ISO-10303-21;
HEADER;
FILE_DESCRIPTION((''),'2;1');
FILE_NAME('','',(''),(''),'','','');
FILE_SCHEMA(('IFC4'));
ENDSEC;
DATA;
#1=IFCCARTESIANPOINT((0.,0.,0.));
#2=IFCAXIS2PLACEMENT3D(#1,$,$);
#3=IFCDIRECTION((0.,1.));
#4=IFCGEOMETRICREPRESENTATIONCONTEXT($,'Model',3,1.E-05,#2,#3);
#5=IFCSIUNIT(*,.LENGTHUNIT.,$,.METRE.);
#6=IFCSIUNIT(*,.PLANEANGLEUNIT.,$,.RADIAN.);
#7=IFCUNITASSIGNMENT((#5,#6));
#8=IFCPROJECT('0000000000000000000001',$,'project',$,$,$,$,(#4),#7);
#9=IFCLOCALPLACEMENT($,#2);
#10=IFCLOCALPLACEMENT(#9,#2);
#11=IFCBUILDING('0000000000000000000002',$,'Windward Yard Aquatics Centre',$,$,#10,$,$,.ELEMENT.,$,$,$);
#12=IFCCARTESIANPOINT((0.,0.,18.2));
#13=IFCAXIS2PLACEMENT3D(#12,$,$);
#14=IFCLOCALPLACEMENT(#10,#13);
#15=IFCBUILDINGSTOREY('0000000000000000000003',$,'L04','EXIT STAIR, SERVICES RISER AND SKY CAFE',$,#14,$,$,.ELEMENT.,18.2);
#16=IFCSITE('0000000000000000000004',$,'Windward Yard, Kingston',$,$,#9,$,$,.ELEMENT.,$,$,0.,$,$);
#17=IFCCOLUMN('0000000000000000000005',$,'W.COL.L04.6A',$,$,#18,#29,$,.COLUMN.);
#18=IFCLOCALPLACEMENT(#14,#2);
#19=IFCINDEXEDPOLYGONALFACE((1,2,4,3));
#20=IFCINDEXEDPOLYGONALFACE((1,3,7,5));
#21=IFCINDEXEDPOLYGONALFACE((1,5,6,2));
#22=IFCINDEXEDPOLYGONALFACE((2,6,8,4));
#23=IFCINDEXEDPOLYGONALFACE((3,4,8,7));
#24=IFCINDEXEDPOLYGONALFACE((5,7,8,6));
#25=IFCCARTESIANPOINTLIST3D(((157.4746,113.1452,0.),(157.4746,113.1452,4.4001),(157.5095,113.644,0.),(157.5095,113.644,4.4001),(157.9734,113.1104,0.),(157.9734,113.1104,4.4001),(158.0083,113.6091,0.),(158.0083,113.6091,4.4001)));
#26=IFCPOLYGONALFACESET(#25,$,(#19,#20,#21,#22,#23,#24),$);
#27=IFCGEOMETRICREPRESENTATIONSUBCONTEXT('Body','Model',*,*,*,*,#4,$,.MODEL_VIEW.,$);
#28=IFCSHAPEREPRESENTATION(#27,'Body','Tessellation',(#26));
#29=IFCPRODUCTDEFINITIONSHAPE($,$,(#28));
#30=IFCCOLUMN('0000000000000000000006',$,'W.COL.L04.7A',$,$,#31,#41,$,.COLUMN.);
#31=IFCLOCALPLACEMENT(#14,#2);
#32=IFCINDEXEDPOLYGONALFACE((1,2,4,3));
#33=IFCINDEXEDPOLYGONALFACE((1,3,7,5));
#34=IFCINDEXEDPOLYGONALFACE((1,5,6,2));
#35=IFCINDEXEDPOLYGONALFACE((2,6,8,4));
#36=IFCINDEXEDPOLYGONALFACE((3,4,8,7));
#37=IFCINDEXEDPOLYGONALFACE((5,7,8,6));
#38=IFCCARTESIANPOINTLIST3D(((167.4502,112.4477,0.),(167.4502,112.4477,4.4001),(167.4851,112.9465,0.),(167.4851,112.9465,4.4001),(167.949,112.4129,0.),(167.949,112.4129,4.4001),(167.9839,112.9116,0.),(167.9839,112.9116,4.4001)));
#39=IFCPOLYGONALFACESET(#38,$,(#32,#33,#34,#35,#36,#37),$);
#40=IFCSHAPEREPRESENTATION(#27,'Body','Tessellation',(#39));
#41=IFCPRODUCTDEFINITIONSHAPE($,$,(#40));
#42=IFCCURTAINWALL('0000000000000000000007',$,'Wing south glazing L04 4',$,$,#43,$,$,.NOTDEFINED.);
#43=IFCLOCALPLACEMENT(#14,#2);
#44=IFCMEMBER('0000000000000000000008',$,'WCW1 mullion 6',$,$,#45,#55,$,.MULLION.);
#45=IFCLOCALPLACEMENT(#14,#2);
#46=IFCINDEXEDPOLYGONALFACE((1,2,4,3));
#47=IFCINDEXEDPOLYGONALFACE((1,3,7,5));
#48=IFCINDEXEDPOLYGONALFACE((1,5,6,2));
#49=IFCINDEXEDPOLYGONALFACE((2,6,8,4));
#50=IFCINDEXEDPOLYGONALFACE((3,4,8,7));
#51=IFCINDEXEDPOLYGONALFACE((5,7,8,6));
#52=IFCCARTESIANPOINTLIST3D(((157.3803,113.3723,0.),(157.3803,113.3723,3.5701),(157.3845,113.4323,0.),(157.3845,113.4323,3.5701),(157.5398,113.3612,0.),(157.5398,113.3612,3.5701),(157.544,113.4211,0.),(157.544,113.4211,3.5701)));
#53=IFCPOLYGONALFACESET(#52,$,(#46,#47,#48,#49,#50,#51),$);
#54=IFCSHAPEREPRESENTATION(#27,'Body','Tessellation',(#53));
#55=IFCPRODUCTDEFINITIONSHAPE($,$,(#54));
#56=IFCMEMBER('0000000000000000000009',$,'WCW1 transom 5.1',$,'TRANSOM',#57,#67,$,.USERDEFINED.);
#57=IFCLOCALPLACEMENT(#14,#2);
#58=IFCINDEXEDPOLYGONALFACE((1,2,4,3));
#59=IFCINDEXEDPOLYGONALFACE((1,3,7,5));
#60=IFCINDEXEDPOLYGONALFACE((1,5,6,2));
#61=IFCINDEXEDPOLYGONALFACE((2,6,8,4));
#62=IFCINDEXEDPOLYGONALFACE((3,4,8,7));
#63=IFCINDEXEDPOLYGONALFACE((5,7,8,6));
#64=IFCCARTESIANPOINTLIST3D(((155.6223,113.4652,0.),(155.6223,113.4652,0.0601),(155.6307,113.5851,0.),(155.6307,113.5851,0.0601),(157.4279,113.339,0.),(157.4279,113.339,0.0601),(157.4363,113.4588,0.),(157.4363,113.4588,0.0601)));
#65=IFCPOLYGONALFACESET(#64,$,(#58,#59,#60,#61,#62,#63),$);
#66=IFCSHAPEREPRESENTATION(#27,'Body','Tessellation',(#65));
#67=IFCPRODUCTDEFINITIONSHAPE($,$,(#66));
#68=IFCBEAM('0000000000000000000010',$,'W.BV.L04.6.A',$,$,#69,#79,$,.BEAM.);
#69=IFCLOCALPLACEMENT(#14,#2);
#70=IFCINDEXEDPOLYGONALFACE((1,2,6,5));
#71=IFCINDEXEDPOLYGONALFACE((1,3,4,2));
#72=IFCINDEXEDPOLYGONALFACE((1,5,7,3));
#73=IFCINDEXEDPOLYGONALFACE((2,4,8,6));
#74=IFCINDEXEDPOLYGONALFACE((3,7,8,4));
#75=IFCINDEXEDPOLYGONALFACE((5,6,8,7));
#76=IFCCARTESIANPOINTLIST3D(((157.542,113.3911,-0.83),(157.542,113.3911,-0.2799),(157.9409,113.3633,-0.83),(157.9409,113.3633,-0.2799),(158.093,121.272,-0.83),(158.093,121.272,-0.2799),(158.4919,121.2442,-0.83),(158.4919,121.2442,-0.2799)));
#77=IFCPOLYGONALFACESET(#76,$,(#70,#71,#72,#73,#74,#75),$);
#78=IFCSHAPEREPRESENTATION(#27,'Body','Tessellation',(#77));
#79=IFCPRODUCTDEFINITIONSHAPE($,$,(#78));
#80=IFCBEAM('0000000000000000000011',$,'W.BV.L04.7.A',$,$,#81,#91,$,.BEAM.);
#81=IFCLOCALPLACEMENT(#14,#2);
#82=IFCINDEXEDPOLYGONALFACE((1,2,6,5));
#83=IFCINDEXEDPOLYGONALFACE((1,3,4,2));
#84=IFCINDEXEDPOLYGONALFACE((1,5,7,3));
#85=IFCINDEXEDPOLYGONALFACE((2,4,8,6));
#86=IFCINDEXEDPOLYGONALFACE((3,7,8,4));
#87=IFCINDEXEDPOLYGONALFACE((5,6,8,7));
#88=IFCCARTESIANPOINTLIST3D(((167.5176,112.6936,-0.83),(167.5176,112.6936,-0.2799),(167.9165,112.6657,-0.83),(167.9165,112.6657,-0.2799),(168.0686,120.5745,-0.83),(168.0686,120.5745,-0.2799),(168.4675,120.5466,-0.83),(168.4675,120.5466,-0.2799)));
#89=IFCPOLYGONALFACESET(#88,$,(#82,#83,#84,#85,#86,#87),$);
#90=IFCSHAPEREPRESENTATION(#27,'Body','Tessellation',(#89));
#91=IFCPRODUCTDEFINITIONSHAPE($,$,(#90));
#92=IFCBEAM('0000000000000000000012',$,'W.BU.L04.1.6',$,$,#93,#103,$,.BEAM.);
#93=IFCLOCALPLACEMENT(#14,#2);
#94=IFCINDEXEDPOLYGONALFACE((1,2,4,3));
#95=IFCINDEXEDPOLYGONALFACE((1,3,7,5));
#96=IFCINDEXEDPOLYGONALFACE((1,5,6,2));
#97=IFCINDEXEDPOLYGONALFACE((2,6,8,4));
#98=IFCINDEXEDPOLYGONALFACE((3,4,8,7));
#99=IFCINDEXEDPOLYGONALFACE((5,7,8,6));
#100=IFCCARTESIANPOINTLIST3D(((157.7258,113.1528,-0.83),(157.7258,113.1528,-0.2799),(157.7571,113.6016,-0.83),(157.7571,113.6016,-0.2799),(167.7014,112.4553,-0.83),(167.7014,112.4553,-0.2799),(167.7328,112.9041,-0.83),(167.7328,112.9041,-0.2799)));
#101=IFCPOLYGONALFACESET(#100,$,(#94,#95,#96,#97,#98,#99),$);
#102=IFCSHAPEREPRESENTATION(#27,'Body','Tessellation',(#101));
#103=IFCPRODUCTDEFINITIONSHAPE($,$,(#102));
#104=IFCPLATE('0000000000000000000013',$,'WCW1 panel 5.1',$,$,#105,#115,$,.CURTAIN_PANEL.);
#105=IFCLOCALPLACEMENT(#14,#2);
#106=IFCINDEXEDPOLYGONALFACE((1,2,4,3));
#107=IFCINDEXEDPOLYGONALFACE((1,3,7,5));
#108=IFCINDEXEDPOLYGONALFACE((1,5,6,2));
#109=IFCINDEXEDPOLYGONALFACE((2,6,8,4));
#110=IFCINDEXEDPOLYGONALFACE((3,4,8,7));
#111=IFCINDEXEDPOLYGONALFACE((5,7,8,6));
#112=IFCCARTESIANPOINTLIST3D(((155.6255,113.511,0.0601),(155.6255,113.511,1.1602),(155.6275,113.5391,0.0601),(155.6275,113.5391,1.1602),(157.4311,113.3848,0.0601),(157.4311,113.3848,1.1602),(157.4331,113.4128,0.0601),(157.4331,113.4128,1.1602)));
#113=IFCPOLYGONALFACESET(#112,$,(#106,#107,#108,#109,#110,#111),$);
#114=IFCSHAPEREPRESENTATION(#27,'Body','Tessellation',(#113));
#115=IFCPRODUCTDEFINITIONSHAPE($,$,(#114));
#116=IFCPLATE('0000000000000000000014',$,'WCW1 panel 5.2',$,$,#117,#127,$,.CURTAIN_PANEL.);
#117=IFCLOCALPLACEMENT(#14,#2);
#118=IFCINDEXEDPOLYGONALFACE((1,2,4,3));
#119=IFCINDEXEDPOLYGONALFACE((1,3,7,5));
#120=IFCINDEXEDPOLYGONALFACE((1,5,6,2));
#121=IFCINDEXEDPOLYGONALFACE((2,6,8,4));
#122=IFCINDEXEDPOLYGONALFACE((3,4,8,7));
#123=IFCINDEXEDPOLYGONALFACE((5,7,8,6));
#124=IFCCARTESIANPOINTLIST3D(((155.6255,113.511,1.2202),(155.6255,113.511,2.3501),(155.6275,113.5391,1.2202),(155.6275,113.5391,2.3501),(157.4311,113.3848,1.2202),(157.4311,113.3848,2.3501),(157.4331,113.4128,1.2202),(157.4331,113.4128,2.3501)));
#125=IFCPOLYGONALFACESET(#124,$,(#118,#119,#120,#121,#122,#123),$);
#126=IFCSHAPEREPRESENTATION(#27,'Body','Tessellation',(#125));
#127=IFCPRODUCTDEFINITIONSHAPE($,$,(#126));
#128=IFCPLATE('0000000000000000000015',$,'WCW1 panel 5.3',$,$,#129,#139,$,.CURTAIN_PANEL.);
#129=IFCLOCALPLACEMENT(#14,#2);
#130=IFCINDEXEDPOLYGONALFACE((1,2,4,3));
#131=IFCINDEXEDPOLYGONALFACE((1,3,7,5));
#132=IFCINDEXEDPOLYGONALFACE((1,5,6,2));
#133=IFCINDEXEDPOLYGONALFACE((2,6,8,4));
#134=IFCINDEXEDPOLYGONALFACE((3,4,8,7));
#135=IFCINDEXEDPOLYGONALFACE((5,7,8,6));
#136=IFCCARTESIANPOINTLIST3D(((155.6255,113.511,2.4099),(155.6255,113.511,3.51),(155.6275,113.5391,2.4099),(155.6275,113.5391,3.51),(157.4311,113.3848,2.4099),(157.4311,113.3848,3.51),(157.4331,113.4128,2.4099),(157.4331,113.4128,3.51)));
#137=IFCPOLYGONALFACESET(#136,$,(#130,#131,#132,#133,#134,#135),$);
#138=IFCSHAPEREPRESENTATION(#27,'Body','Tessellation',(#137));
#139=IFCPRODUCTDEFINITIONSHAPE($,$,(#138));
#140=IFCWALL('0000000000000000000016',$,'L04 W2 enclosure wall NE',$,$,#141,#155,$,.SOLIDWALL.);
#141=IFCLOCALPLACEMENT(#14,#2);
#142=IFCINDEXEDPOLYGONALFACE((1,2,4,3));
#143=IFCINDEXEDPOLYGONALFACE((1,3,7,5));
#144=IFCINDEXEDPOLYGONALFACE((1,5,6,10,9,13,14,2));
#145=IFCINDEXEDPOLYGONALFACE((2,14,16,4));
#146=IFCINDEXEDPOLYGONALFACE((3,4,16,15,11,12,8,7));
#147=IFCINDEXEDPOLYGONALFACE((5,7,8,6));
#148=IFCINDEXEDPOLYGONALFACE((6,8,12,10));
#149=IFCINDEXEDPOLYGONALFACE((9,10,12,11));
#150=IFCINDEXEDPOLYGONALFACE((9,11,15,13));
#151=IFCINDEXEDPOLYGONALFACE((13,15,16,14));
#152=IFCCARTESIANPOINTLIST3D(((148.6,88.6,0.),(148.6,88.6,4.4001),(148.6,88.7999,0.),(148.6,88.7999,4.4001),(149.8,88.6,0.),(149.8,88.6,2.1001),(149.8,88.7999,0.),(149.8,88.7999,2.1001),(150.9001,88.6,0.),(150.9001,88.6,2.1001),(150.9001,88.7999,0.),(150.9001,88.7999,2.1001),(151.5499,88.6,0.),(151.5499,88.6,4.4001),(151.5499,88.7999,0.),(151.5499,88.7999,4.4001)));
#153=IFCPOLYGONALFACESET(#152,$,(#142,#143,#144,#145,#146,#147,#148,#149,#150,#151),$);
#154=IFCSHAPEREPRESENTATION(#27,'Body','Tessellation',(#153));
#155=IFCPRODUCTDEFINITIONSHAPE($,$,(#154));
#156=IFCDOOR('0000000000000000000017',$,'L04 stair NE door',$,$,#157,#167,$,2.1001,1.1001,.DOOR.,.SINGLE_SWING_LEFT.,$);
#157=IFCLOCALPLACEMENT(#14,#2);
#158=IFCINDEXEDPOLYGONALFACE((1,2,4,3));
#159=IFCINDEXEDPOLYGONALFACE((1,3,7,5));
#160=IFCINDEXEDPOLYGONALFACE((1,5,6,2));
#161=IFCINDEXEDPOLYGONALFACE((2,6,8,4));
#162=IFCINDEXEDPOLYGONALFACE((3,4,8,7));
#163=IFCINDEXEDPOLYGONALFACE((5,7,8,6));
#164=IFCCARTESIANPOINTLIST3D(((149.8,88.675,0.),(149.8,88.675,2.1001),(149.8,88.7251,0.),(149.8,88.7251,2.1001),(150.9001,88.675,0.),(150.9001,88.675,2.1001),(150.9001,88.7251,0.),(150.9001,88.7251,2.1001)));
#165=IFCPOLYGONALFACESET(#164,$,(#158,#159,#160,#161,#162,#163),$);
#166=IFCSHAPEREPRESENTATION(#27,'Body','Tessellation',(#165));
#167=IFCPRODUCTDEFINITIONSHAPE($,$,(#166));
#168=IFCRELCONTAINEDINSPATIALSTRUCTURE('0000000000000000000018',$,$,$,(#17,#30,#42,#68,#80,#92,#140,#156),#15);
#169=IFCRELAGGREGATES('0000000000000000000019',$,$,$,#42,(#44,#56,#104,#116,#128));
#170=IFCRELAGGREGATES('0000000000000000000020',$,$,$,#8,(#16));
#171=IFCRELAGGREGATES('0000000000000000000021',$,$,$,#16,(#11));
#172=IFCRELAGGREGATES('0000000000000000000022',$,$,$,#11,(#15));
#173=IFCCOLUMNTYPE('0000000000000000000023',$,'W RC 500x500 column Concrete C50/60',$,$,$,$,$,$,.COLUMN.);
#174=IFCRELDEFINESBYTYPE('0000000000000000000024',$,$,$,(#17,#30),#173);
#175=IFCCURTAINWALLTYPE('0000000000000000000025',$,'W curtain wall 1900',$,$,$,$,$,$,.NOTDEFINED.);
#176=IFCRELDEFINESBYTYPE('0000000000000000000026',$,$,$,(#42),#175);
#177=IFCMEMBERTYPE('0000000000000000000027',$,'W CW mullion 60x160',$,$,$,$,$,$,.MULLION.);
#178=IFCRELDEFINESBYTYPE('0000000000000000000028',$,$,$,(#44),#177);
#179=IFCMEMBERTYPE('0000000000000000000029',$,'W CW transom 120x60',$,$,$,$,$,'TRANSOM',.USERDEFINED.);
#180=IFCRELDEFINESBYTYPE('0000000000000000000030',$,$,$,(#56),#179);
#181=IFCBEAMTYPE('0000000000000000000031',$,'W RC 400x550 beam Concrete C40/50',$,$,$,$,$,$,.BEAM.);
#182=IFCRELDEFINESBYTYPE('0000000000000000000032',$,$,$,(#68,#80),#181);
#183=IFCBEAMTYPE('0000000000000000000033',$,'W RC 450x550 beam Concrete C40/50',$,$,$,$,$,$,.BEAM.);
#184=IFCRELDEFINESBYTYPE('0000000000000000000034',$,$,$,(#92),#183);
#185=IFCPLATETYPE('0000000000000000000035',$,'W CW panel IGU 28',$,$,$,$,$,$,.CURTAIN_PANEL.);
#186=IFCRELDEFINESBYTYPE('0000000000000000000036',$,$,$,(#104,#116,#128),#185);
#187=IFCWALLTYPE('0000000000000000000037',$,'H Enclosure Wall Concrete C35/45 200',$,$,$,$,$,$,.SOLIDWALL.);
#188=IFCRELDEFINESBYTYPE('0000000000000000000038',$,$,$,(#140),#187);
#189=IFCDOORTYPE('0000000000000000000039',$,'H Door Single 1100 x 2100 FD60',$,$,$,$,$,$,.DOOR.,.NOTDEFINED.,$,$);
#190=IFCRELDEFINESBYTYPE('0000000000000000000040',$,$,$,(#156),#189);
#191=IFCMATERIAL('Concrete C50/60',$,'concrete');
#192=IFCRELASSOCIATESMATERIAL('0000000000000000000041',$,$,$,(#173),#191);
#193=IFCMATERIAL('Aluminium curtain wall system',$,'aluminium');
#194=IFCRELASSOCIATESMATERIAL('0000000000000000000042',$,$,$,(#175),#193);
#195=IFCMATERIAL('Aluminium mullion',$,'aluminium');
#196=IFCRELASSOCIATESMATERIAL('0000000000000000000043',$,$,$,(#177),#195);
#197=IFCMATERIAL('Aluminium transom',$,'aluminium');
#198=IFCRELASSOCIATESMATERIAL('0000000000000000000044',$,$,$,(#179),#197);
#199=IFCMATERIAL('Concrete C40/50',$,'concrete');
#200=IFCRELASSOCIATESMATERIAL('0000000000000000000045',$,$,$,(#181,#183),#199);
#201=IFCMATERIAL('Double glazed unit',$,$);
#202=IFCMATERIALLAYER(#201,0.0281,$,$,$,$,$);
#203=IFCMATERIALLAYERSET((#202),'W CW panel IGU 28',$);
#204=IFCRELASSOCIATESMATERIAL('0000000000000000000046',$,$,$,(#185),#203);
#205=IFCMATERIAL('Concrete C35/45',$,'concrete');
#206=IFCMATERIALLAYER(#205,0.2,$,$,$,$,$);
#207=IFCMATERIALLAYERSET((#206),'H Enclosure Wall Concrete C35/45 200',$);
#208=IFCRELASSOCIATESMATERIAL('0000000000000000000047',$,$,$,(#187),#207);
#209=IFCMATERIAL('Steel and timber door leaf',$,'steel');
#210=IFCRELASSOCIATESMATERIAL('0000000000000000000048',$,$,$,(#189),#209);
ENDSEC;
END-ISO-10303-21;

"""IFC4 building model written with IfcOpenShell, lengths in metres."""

from ifc_helpers import new_model, si_unit, direction, frame, frame_2d, origin, origin_2d, place, context, subcontext, project, spatial, rectangle, extrude, material, layer, layer_set, material_profile, profile_set, type_object, element, fill, aggregate, save


model = new_model("IFC4")

# Units and contexts
model_context = context("Model", 3, precision=1e-05, world=origin(), true_north=direction((0.0, 1.0)))
body_context = subcontext(model_context, "Body", "Model", "MODEL_VIEW")
ifc_project = project(units=[si_unit("LENGTHUNIT", "METRE"), si_unit("PLANEANGLEUNIT", "RADIAN")], contexts=[model_context])

# Site, building, storey
site_placement = place(None, origin())
site = spatial("IfcSite", under=ifc_project, at=site_placement, Name="Windward Yard, Kingston", CompositionType="ELEMENT", RefElevation=0.0)
building_placement = place(site_placement, origin())
building = spatial("IfcBuilding", under=site, at=building_placement, Name="Windward Yard Aquatics Centre", CompositionType="ELEMENT")
storey_placement = place(building_placement, frame((0.0, 0.0, 18.2)))
storey = spatial("IfcBuildingStorey", under=building, at=storey_placement, Name="L04", Description="EXIT STAIR, SERVICES RISER AND SKY CAFE", CompositionType="ELEMENT", Elevation=18.2)

# Columns
ifc_material_1 = material(Name="Concrete C50/60", Category="concrete")
ifc_material_profile_1 = material_profile(ifc_material_1, rectangle(XDim=0.5, YDim=0.5, at=origin_2d()), Name="RC 500x500")
ifc_profile_set_1 = profile_set([ifc_material_profile_1], Name="Concrete C50/60")
column_type = type_object("IfcColumnType", Name="W RC 500x500 column Concrete C50/60", PredefinedType="COLUMN", material=ifc_profile_set_1)
for number, where, z_axis, x_axis, name in (
    (1, (157.7415, 113.3772, 0.0), (0.0, 0.0, 1.0), (0.997564, -0.069756, 0.0), "W.COL.L04.6A"),
    (2, (167.717, 112.6797, 0.0), (0.0, 0.0, 1.0), (0.997564, -0.069756, 0.0), "W.COL.L04.7A"),
):
    element("IfcColumn", number, at=place(storey_placement, frame(where, z_axis=z_axis, x_axis=x_axis)), inside=storey, type_object=column_type, Name=name, PredefinedType="COLUMN", context=body_context, shape_type="SweptSolid", body=[
        extrude(rectangle(XDim=0.5, YDim=0.5, at=origin_2d()), origin(), (0.0, 0.0, 1.0), 4.4001),
    ])

# Curtain wall, members
ifc_material_2 = material(Name="Aluminium curtain wall system", Category="aluminium")
curtain_wall_type = type_object("IfcCurtainWallType", Name="W curtain wall 1900", PredefinedType="NOTDEFINED", material=ifc_material_2)
curtain_wall_placement = place(storey_placement, origin())
curtain_wall = element("IfcCurtainWall", 3, at=curtain_wall_placement, inside=storey, type_object=curtain_wall_type, Name="Wing south glazing L04 4", PredefinedType="NOTDEFINED")
ifc_material_3 = material(Name="Aluminium mullion", Category="aluminium")
ifc_material_profile_2 = material_profile(ifc_material_3, rectangle(XDim=0.0601, YDim=0.1599, at=origin_2d()), Name="AL 60x160")
ifc_profile_set_2 = profile_set([ifc_material_profile_2], Name="Aluminium mullion")
member_type_1 = type_object("IfcMemberType", Name="W CW mullion 60x160", PredefinedType="MULLION", material=ifc_profile_set_2)
member_1_placement = place(storey_placement, frame((157.4622, 113.3967, 0.0), z_axis=(0.0, 0.0, 1.0), x_axis=(0.069758, 0.997564, 0.0)))
member_1 = element("IfcMember", 4, at=member_1_placement, type_object=member_type_1, Name="WCW1 mullion 6", PredefinedType="MULLION", context=body_context, shape_type="SweptSolid", body=[
    extrude(rectangle(XDim=0.0601, YDim=0.1599, at=origin_2d()), origin(), (0.0, 0.0, 1.0), 3.5701),
])
ifc_material_4 = material(Name="Aluminium transom", Category="aluminium")
ifc_material_profile_3 = material_profile(ifc_material_4, rectangle(XDim=0.1201, YDim=0.0601, at=origin_2d()), Name="AL 120x60")
ifc_profile_set_3 = profile_set([ifc_material_profile_3], Name="Aluminium transom")
member_type_2 = type_object("IfcMemberType", Name="W CW transom 120x60", ElementType="TRANSOM", PredefinedType="USERDEFINED", material=ifc_profile_set_3)
member_2_placement = place(storey_placement, frame((155.6265, 113.5251, 0.03), z_axis=(0.997566, -0.069732, 0.0), x_axis=(0.069732, 0.997566, 0.0)))
member_2 = element("IfcMember", 5, at=member_2_placement, type_object=member_type_2, Name="WCW1 transom 5.1", ObjectType="TRANSOM", PredefinedType="USERDEFINED", context=body_context, shape_type="SweptSolid", body=[
    extrude(rectangle(XDim=0.1201, YDim=0.0601, at=origin_2d()), origin(), (0.0, 0.0, 1.0), 1.8101),
])

# Beams
ifc_material_5 = material(Name="Concrete C40/50", Category="concrete")
ifc_material_profile_4 = material_profile(ifc_material_5, rectangle(XDim=0.3999, YDim=0.55, at=origin_2d()), Name="RC 400x550")
ifc_profile_set_4 = profile_set([ifc_material_profile_4], Name="Concrete C40/50")
beam_type_1 = type_object("IfcBeamType", Name="W RC 400x550 beam Concrete C40/50", PredefinedType="BEAM", material=ifc_profile_set_4)
for number, where, z_axis, x_axis, name in (
    (6, (157.7415, 113.3772, -0.5549), (0.069749, 0.997565, 0.0), (-0.997565, 0.069749, 0.0), "W.BV.L04.6.A"),
    (7, (167.717, 112.6797, -0.5549), (0.069749, 0.997565, 0.0), (-0.997565, 0.069749, 0.0), "W.BV.L04.7.A"),
):
    element("IfcBeam", number, at=place(storey_placement, frame(where, z_axis=z_axis, x_axis=x_axis)), inside=storey, type_object=beam_type_1, Name=name, PredefinedType="BEAM", context=body_context, shape_type="SweptSolid", body=[
        extrude(rectangle(XDim=0.3999, YDim=0.55, at=origin_2d()), origin(), (0.0, 0.0, 1.0), 7.9001),
    ])
ifc_material_profile_5 = material_profile(ifc_material_5, rectangle(XDim=0.45, YDim=0.55, at=origin_2d()), Name="RC 450x550")
ifc_profile_set_5 = profile_set([ifc_material_profile_5], Name="Concrete C40/50")
beam_type_2 = type_object("IfcBeamType", Name="W RC 450x550 beam Concrete C40/50", PredefinedType="BEAM", material=ifc_profile_set_5)
beam_placement = place(storey_placement, frame((157.7415, 113.3772, -0.5549), z_axis=(0.997564, -0.069751, 0.0), x_axis=(0.069751, 0.997564, 0.0)))
element("IfcBeam", 8, at=beam_placement, inside=storey, type_object=beam_type_2, Name="W.BU.L04.1.6", PredefinedType="BEAM", context=body_context, shape_type="SweptSolid", body=[
    extrude(rectangle(XDim=0.45, YDim=0.55, at=origin_2d()), origin(), (0.0, 0.0, 1.0), 10.0),
])

# Plates
ifc_material_6 = material(Name="Double glazed unit")
ifc_layer_1 = layer(ifc_material_6, 0.0281)
ifc_layer_set_1 = layer_set([ifc_layer_1], Name="W CW panel IGU 28")
plate_type = type_object("IfcPlateType", Name="W CW panel IGU 28", PredefinedType="CURTAIN_PANEL", material=ifc_layer_set_1)
plate_1_placement = place(storey_placement, frame((156.5293, 113.4619, 0.0601), z_axis=(0.0, 0.0, 1.0), x_axis=(0.997564, -0.069758, 0.0)))
plate_1 = element("IfcPlate", 9, at=plate_1_placement, type_object=plate_type, Name="WCW1 panel 5.1", PredefinedType="CURTAIN_PANEL", context=body_context, shape_type="SweptSolid", body=[
    extrude(rectangle(XDim=1.8101, YDim=0.0281, at=origin_2d()), origin(), (0.0, 0.0, 1.0), 1.1001),
])
plate_2_placement = place(storey_placement, frame((156.5293, 113.4619, 1.2202), z_axis=(0.0, 0.0, 1.0), x_axis=(0.997564, -0.069758, 0.0)))
plate_2 = element("IfcPlate", 10, at=plate_2_placement, type_object=plate_type, Name="WCW1 panel 5.2", PredefinedType="CURTAIN_PANEL", context=body_context, shape_type="SweptSolid", body=[
    extrude(rectangle(XDim=1.8101, YDim=0.0281, at=origin_2d()), origin(), (0.0, 0.0, 1.0), 1.1299),
])
plate_3_placement = place(storey_placement, frame((156.5293, 113.4619, 2.4099), z_axis=(0.0, 0.0, 1.0), x_axis=(0.997564, -0.069758, 0.0)))
plate_3 = element("IfcPlate", 11, at=plate_3_placement, type_object=plate_type, Name="WCW1 panel 5.3", PredefinedType="CURTAIN_PANEL", context=body_context, shape_type="SweptSolid", body=[
    extrude(rectangle(XDim=1.8101, YDim=0.0281, at=origin_2d()), origin(), (0.0, 0.0, 1.0), 1.1001),
])
aggregate(curtain_wall, [member_1, member_2, plate_1, plate_2, plate_3])

# Wall, opening, door
ifc_material_7 = material(Name="Concrete C35/45", Category="concrete")
ifc_layer_2 = layer(ifc_material_7, 0.2)
ifc_layer_set_2 = layer_set([ifc_layer_2], Name="H Enclosure Wall Concrete C35/45 200")
wall_type_1 = type_object("IfcWallType", Name="H Enclosure Wall Concrete C35/45 200", PredefinedType="SOLIDWALL", material=ifc_layer_set_2)
wall_1_placement = place(storey_placement, frame((151.55, 88.7, 0.0), z_axis=(0.0, 0.0, 1.0), x_axis=(-1.0, 0.0, 0.0)))
wall_1 = element("IfcWall", 12, at=wall_1_placement, inside=storey, type_object=wall_type_1, Name="L04 W2 enclosure wall NE", PredefinedType="SOLIDWALL", context=body_context, shape_type="SweptSolid", body=[
    extrude(rectangle(XDim=2.95, YDim=0.2, at=frame_2d((1.4751, 0.0))), origin(), (0.0, 0.0, 1.0), 4.4001),
])
opening_1_placement = place(wall_1_placement, frame((0.6499, 0.0, 0.0)))
opening_1 = element("IfcOpeningElement", 13, at=opening_1_placement, cuts=wall_1, PredefinedType="OPENING", context=body_context, shape_type="SweptSolid", body=[
    extrude(rectangle(XDim=1.1001, YDim=2.1001, at=frame_2d((0.55, 1.05))), frame((0.0, 0.1099, 0.0), z_axis=(0.0, -1.0, 0.0), x_axis=(1.0, 0.0, 0.0)), (0.0, 0.0, 1.0), 0.22),
])
ifc_material_8 = material(Name="Steel and timber door leaf", Category="steel")
door_type = type_object("IfcDoorType", Name="H Door Single 1100 x 2100 FD60", OperationType="NOTDEFINED", PredefinedType="DOOR", material=ifc_material_8)
door_placement = place(opening_1_placement, origin())
door = element("IfcDoor", 14, at=door_placement, inside=storey, type_object=door_type, Name="L04 stair NE door", OperationType="SINGLE_SWING_LEFT", OverallHeight=2.1001, OverallWidth=1.1001, PredefinedType="DOOR", context=body_context, shape_type="SweptSolid", body=[
    extrude(rectangle(XDim=1.1001, YDim=2.1001, at=frame_2d((0.55, 1.05))), frame((0.0, 0.0249, 0.0), z_axis=(0.0, -1.0, 0.0), x_axis=(1.0, 0.0, 0.0)), (0.0, 0.0, 1.0), 0.05),
])
fill(opening_1, door)

save(model, "model.ifc")
